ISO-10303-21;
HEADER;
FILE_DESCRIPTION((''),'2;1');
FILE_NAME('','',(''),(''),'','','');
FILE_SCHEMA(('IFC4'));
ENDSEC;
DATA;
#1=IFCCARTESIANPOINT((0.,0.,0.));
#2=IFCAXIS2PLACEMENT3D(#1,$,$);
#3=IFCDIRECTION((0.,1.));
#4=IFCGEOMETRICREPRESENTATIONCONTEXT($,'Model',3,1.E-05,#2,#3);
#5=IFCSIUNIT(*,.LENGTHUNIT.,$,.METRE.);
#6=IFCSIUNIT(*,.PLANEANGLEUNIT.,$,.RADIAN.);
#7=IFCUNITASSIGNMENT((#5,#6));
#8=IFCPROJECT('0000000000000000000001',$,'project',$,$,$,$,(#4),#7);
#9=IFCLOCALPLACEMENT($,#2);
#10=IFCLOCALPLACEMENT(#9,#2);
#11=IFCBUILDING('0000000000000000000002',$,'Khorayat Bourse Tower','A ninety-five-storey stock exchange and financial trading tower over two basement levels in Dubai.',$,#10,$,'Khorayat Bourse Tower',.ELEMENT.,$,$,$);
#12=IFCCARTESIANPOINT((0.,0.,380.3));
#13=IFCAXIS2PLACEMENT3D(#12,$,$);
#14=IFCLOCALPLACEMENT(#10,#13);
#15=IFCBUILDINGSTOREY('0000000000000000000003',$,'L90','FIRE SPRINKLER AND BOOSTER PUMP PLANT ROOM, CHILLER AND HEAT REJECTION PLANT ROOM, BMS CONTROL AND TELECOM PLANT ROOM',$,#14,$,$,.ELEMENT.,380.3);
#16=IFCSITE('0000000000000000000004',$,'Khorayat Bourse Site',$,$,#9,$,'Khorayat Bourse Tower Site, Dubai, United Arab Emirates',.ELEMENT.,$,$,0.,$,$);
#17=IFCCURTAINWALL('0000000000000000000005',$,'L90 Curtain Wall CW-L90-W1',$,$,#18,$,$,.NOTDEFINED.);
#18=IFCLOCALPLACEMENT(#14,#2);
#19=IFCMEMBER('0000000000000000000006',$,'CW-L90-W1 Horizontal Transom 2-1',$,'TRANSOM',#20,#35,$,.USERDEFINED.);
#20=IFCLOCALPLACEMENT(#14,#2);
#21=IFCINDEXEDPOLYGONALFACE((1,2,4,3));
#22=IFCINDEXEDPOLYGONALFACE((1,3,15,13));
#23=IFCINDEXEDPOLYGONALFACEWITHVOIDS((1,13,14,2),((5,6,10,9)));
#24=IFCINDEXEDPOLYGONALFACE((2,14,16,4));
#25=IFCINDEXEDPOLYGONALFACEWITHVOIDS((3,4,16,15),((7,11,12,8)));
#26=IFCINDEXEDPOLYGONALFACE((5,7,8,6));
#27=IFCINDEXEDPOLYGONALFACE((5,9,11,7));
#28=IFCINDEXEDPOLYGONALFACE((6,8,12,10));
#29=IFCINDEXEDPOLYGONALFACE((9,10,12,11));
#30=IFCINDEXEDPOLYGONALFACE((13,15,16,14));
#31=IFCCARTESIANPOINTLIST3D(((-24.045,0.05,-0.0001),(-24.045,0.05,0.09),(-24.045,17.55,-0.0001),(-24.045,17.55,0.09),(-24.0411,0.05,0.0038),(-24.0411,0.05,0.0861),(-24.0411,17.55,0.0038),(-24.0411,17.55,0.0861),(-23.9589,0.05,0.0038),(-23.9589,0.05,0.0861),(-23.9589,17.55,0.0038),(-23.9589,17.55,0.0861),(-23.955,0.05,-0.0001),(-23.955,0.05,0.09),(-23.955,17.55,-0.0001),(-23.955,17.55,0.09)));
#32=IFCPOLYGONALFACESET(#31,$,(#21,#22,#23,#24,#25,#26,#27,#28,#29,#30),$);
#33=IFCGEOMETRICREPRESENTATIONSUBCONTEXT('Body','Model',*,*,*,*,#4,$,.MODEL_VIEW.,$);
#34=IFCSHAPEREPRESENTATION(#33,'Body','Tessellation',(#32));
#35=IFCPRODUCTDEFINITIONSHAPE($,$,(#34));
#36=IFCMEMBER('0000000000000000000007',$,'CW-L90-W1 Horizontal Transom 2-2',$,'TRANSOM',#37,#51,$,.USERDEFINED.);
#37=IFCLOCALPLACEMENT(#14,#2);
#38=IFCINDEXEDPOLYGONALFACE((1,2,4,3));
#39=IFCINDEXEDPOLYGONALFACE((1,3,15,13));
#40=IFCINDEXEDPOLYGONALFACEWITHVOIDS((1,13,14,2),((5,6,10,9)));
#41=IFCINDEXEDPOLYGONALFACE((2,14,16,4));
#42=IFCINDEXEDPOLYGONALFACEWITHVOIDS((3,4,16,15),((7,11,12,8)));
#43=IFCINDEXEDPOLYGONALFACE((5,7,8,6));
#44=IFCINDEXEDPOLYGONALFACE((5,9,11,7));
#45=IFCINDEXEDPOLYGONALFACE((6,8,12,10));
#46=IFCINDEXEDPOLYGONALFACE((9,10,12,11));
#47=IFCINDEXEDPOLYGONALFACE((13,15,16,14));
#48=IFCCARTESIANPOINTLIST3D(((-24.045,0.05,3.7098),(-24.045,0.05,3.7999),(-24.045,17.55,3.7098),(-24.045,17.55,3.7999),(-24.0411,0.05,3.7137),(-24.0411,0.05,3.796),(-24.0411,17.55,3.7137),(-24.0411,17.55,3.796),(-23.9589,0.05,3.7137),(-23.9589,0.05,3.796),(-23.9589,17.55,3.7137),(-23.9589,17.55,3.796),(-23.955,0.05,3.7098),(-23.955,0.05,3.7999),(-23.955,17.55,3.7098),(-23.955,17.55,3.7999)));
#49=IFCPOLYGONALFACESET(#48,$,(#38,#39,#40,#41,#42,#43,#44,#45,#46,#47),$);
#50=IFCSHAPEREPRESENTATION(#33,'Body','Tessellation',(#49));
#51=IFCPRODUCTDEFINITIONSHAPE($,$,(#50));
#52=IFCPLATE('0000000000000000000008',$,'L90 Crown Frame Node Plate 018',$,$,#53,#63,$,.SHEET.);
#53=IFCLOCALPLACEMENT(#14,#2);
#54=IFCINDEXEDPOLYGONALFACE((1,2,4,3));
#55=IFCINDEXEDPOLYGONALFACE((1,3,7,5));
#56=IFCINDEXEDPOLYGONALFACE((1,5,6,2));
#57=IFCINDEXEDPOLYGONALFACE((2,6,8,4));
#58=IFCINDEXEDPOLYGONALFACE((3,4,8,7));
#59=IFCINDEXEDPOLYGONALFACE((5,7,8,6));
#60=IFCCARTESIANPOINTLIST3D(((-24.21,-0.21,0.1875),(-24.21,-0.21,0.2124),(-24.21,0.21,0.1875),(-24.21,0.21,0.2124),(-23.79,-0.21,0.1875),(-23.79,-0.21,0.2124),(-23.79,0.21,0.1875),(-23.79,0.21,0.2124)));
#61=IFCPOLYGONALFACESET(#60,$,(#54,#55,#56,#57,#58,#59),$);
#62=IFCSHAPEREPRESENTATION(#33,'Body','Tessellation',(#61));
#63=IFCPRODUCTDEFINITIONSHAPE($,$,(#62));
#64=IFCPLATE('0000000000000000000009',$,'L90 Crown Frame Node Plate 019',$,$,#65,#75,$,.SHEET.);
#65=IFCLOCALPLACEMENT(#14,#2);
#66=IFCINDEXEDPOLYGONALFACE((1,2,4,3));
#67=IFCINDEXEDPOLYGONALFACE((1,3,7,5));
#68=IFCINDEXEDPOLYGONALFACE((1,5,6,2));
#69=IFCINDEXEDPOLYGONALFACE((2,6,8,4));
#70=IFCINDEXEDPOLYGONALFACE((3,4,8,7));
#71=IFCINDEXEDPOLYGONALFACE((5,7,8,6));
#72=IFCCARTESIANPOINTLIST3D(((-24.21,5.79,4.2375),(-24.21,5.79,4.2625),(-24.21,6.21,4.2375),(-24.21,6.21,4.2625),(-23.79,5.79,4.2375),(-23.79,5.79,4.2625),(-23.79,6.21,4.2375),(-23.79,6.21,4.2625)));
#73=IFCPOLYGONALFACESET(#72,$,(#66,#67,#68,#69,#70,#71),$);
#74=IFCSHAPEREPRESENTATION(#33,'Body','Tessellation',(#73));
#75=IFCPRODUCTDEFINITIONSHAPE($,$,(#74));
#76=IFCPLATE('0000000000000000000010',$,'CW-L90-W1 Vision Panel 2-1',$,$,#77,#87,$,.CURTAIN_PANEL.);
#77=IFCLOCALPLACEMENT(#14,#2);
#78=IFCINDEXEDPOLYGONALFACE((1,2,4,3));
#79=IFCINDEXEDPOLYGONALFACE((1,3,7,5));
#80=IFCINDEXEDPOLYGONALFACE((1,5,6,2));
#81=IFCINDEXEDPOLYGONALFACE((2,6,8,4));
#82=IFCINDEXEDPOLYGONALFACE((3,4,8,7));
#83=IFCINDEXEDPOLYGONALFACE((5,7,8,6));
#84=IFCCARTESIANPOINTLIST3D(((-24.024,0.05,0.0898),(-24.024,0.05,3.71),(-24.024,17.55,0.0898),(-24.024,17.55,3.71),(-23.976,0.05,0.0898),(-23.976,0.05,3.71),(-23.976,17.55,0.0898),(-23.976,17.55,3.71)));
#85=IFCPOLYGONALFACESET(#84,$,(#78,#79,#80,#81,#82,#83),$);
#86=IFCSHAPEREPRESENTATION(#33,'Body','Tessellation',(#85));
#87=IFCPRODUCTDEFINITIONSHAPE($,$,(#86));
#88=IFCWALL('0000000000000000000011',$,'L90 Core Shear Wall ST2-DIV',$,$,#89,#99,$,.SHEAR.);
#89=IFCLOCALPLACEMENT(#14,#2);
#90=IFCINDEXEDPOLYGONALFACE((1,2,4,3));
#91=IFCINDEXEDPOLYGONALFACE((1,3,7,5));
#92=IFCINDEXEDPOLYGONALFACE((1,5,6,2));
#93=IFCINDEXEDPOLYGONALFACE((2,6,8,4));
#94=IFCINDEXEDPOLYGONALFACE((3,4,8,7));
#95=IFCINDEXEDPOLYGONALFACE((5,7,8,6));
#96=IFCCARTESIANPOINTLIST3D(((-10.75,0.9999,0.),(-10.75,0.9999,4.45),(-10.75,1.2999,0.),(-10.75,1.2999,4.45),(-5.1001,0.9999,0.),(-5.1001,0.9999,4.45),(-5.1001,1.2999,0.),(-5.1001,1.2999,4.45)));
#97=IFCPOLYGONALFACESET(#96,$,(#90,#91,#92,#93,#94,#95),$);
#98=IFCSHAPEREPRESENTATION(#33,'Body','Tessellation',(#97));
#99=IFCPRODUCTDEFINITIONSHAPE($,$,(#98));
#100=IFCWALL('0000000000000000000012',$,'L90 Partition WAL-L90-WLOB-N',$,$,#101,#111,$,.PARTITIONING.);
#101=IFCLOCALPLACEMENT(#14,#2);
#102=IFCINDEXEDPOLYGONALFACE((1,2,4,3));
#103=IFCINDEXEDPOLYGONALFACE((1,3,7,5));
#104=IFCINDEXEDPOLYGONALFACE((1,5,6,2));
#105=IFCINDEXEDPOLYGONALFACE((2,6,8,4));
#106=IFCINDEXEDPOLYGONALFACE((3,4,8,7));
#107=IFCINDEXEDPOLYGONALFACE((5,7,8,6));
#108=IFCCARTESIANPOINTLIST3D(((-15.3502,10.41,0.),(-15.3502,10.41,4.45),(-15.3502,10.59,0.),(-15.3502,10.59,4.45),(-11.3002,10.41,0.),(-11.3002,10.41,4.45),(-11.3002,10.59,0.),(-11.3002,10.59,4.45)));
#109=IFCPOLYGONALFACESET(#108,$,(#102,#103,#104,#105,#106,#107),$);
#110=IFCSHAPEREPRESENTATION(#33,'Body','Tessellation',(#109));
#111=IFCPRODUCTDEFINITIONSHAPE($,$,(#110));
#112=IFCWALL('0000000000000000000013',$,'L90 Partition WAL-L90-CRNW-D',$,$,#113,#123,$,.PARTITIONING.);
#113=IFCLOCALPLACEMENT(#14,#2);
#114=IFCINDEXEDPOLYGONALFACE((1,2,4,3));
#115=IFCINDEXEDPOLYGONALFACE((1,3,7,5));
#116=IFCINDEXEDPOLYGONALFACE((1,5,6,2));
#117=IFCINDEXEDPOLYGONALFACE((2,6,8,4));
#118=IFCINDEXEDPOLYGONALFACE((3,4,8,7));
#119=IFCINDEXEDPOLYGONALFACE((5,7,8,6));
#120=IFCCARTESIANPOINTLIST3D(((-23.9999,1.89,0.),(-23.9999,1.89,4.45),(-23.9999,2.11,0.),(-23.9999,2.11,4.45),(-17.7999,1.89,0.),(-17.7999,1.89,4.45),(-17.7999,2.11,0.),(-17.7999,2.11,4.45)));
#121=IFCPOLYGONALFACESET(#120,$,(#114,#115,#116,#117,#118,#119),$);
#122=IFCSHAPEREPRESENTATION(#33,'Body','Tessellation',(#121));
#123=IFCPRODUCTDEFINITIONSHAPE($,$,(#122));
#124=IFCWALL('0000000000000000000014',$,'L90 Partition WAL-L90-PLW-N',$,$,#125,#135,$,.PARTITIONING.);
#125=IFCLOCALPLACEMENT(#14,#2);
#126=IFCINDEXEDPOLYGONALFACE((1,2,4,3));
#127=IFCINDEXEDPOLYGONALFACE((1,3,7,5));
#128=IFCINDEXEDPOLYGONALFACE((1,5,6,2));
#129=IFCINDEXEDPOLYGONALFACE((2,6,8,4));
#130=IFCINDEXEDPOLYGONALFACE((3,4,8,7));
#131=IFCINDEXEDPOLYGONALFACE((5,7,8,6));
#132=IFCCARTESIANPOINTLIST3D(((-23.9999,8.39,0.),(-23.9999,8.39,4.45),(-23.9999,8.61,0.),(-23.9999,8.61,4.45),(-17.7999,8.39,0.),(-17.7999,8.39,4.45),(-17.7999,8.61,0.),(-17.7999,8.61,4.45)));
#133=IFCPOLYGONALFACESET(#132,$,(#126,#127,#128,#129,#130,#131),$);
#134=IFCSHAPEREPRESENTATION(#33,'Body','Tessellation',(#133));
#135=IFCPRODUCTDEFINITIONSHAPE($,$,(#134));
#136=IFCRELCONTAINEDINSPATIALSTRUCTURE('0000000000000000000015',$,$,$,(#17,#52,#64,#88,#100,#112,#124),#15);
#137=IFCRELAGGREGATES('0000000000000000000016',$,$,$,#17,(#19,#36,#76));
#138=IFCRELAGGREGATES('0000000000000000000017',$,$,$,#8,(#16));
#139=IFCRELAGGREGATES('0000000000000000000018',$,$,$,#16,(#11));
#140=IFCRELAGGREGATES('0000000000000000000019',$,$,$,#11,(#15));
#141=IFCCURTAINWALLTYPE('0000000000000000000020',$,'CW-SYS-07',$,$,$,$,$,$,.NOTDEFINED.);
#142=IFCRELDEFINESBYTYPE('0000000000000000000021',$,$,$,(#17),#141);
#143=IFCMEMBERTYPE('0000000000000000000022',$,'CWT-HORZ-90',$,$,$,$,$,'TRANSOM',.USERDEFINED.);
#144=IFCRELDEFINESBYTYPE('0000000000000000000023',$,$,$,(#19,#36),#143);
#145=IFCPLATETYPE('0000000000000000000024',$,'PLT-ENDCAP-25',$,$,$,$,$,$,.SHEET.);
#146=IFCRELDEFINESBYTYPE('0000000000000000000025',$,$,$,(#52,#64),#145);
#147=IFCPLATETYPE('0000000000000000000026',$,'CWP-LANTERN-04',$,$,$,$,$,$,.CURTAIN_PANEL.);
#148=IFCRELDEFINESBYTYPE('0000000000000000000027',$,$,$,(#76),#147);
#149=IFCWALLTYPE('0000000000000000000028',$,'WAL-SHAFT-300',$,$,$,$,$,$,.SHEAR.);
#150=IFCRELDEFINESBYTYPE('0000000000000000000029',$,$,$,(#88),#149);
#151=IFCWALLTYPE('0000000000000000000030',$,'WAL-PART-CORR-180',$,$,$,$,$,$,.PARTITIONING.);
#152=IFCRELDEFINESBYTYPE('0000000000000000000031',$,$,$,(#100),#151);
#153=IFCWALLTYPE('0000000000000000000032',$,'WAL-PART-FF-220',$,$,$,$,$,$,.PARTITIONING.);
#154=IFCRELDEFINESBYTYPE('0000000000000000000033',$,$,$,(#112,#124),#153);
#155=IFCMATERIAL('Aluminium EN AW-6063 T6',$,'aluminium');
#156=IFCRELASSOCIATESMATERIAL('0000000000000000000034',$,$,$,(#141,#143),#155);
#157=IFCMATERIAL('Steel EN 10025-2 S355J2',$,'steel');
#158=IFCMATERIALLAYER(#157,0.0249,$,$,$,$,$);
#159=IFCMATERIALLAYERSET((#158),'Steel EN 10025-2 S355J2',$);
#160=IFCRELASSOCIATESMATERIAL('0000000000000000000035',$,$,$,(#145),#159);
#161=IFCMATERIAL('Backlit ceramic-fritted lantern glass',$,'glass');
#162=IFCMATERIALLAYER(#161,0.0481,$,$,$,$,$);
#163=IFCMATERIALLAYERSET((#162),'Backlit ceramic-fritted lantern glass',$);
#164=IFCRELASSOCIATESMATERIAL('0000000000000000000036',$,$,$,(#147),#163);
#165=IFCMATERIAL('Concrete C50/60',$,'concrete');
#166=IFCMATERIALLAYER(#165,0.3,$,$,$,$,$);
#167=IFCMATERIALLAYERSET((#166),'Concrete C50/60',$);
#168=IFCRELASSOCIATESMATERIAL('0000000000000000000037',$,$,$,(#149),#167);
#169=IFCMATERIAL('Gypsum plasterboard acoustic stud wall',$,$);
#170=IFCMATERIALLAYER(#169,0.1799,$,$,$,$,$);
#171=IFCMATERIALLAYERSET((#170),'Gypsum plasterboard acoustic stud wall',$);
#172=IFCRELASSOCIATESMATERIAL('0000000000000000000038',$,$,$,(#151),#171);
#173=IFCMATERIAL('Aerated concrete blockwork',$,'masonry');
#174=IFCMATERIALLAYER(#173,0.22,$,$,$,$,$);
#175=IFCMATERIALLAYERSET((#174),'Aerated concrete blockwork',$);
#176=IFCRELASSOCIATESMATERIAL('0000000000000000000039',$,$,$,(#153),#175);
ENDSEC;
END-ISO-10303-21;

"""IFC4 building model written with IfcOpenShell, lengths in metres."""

from ifc_helpers import new_model, si_unit, direction, frame, frame_2d, origin, origin_2d, place, context, subcontext, project, spatial, rectangle, hollow_rectangle, extrude, source, transform, mapped, material, layer, layer_set, material_profile, profile_set, type_object, element, aggregate, save


model = new_model("IFC4")

# Units and contexts
model_context = context("Model", 3, precision=1e-05, world=origin(), true_north=direction((0.0, 1.0)))
body_context = subcontext(model_context, "Body", "Model", "MODEL_VIEW")
ifc_project = project(units=[si_unit("LENGTHUNIT", "METRE"), si_unit("PLANEANGLEUNIT", "RADIAN")], contexts=[model_context])

# Site, building, storey
site_placement = place(None, origin())
site = spatial("IfcSite", under=ifc_project, at=site_placement, Name="Khorayat Bourse Site", LongName="Khorayat Bourse Tower Site, Dubai, United Arab Emirates", CompositionType="ELEMENT", RefElevation=0.0)
building_placement = place(site_placement, origin())
building = spatial("IfcBuilding", under=site, at=building_placement, Name="Khorayat Bourse Tower", Description="A ninety-five-storey stock exchange and financial trading tower over two basement levels in Dubai.", LongName="Khorayat Bourse Tower", CompositionType="ELEMENT")
storey_placement = place(building_placement, frame((0.0, 0.0, 380.3)))
storey = spatial("IfcBuildingStorey", under=building, at=storey_placement, Name="L90", Description="FIRE SPRINKLER AND BOOSTER PUMP PLANT ROOM, CHILLER AND HEAT REJECTION PLANT ROOM, BMS CONTROL AND TELECOM PLANT ROOM", CompositionType="ELEMENT", Elevation=380.3)

# Shared definitions
ifc_material_1 = material(Name="Steel EN 10025-2 S355J2", Category="steel")

# Curtain wall, members
ifc_material_2 = material(Name="Aluminium EN AW-6063 T6", Category="aluminium")
curtain_wall_type = type_object("IfcCurtainWallType", Name="CW-SYS-07", PredefinedType="NOTDEFINED", material=ifc_material_2)
curtain_wall_placement = place(storey_placement, origin())
curtain_wall = element("IfcCurtainWall", 1, at=curtain_wall_placement, inside=storey, type_object=curtain_wall_type, Name="L90 Curtain Wall CW-L90-W1", PredefinedType="NOTDEFINED")
ifc_material_profile_1 = material_profile(ifc_material_2, hollow_rectangle(XDim=0.0901, YDim=0.0901, WallThickness=0.0039, at=origin_2d()), Name="ALU 90x90x4")
ifc_profile_set_1 = profile_set([ifc_material_profile_1], Name="Aluminium EN AW-6063 T6")
member_type_1 = type_object("IfcMemberType", Name="CWT-HORZ-90", ElementType="TRANSOM", PredefinedType="USERDEFINED", material=ifc_profile_set_1)
shared_shape_1 = source(origin(), body_context, "Body", "SweptSolid", [
    extrude(hollow_rectangle(XDim=0.0901, YDim=0.0901, WallThickness=0.0039, at=origin_2d()), origin(), (0.0, 0.0, 1.0), 17.5),
])
member_1_placement = place(storey_placement, frame((-24.0, 0.05, 0.0449), z_axis=(0.0, 1.0, 0.0), x_axis=(-1.0, 0.0, 0.0)))
member_1 = element("IfcMember", 2, at=member_1_placement, type_object=member_type_1, Name="CW-L90-W1 Horizontal Transom 2-1", ObjectType="TRANSOM", PredefinedType="USERDEFINED", context=body_context, shape_type="MappedRepresentation", body=[
    mapped(shared_shape_1, transform((0.0, 0.0, 0.0), scale=1.0)),
])
member_2_placement = place(storey_placement, frame((-24.0, 0.05, 3.7549), z_axis=(0.0, 1.0, 0.0), x_axis=(-1.0, 0.0, 0.0)))
member_2 = element("IfcMember", 3, at=member_2_placement, type_object=member_type_1, Name="CW-L90-W1 Horizontal Transom 2-2", ObjectType="TRANSOM", PredefinedType="USERDEFINED", context=body_context, shape_type="MappedRepresentation", body=[
    mapped(shared_shape_1, transform((0.0, 0.0, 0.0), scale=1.0)),
])

# Plates
ifc_layer_1 = layer(ifc_material_1, 0.0249)
ifc_layer_set_1 = layer_set([ifc_layer_1], Name="Steel EN 10025-2 S355J2")
plate_type_1 = type_object("IfcPlateType", Name="PLT-ENDCAP-25", PredefinedType="SHEET", material=ifc_layer_set_1)
shared_shape_2 = source(origin(), body_context, "Body", "SweptSolid", [
    extrude(rectangle(XDim=0.4199, YDim=0.4199, at=origin_2d()), origin(), (0.0, 0.0, 1.0), 0.0249),
])
for number, where, z_axis, x_axis, name in (
    (4, (-24.0, 0.0, 0.1875), (0.0, 0.0, 1.0), (1.0, 0.0, 0.0), "L90 Crown Frame Node Plate 018"),
    (5, (-24.0, 6.0, 4.2375), (0.0, 0.0, 1.0), (1.0, 0.0, 0.0), "L90 Crown Frame Node Plate 019"),
):
    element("IfcPlate", number, at=place(storey_placement, frame(where, z_axis=z_axis, x_axis=x_axis)), inside=storey, type_object=plate_type_1, Name=name, PredefinedType="SHEET", context=body_context, shape_type="MappedRepresentation", body=[
        mapped(shared_shape_2, transform((0.0, 0.0, 0.0), scale=1.0)),
    ])

# Plate
ifc_material_3 = material(Name="Backlit ceramic-fritted lantern glass", Category="glass")
ifc_layer_2 = layer(ifc_material_3, 0.0481)
ifc_layer_set_2 = layer_set([ifc_layer_2], Name="Backlit ceramic-fritted lantern glass")
plate_type_2 = type_object("IfcPlateType", Name="CWP-LANTERN-04", PredefinedType="CURTAIN_PANEL", material=ifc_layer_set_2)
shared_shape_3 = source(origin(), body_context, "Body", "SweptSolid", [
    extrude(rectangle(XDim=17.5, YDim=0.0481, at=origin_2d()), origin(), (0.0, 0.0, 1.0), 3.6201),
])
plate_placement = place(storey_placement, frame((-24.0, 8.8, 0.0898), z_axis=(0.0, 0.0, 1.0), x_axis=(0.0, 1.0, 0.0)))
plate = element("IfcPlate", 6, at=plate_placement, type_object=plate_type_2, Name="CW-L90-W1 Vision Panel 2-1", PredefinedType="CURTAIN_PANEL", context=body_context, shape_type="MappedRepresentation", body=[
    mapped(shared_shape_3, transform((0.0, 0.0, 0.0), scale=1.0)),
])
aggregate(curtain_wall, [member_1, member_2, plate])

# Walls
ifc_material_4 = material(Name="Concrete C50/60", Category="concrete")
ifc_layer_3 = layer(ifc_material_4, 0.3)
ifc_layer_set_3 = layer_set([ifc_layer_3], Name="Concrete C50/60")
wall_type_1 = type_object("IfcWallType", Name="WAL-SHAFT-300", PredefinedType="SHEAR", material=ifc_layer_set_3)
shared_shape_4 = source(origin(), body_context, "Body", "SweptSolid", [
    extrude(rectangle(XDim=5.6499, YDim=0.3, at=frame_2d((2.825, 0.0))), origin(), (0.0, 0.0, 1.0), 4.45),
])
wall_1_placement = place(storey_placement, frame((-10.75, 1.1499, 0.0), z_axis=(0.0, 0.0, 1.0), x_axis=(1.0, 0.0, 0.0)))
element("IfcWall", 7, at=wall_1_placement, inside=storey, type_object=wall_type_1, Name="L90 Core Shear Wall ST2-DIV", PredefinedType="SHEAR", context=body_context, shape_type="MappedRepresentation", body=[
    mapped(shared_shape_4, transform((0.0, 0.0, 0.0), scale=1.0)),
])
ifc_material_5 = material(Name="Gypsum plasterboard acoustic stud wall")
ifc_layer_4 = layer(ifc_material_5, 0.1799)
ifc_layer_set_4 = layer_set([ifc_layer_4], Name="Gypsum plasterboard acoustic stud wall")
wall_type_2 = type_object("IfcWallType", Name="WAL-PART-CORR-180", PredefinedType="PARTITIONING", material=ifc_layer_set_4)
shared_shape_5 = source(origin(), body_context, "Body", "SweptSolid", [
    extrude(rectangle(XDim=4.05, YDim=0.1799, at=frame_2d((2.0249, 0.0))), origin(), (0.0, 0.0, 1.0), 4.45),
])
wall_2_placement = place(storey_placement, frame((-15.3501, 10.5, 0.0), z_axis=(0.0, 0.0, 1.0), x_axis=(1.0, 0.0, 0.0)))
element("IfcWall", 8, at=wall_2_placement, inside=storey, type_object=wall_type_2, Name="L90 Partition WAL-L90-WLOB-N", PredefinedType="PARTITIONING", context=body_context, shape_type="MappedRepresentation", body=[
    mapped(shared_shape_5, transform((0.0, 0.0, 0.0), scale=1.0)),
])
ifc_material_6 = material(Name="Aerated concrete blockwork", Category="masonry")
ifc_layer_5 = layer(ifc_material_6, 0.22)
ifc_layer_set_5 = layer_set([ifc_layer_5], Name="Aerated concrete blockwork")
wall_type_3 = type_object("IfcWallType", Name="WAL-PART-FF-220", PredefinedType="PARTITIONING", material=ifc_layer_set_5)
shared_shape_6 = source(origin(), body_context, "Body", "SweptSolid", [
    extrude(rectangle(XDim=6.2, YDim=0.22, at=frame_2d((3.1001, 0.0))), origin(), (0.0, 0.0, 1.0), 4.45),
])
for number, where, z_axis, x_axis, name in (
    (9, (-24.0, 2.0, 0.0), (0.0, 0.0, 1.0), (1.0, 0.0, 0.0), "L90 Partition WAL-L90-CRNW-D"),
    (10, (-24.0, 8.5, 0.0), (0.0, 0.0, 1.0), (1.0, 0.0, 0.0), "L90 Partition WAL-L90-PLW-N"),
):
    element("IfcWall", number, at=place(storey_placement, frame(where, z_axis=z_axis, x_axis=x_axis)), inside=storey, type_object=wall_type_3, Name=name, PredefinedType="PARTITIONING", context=body_context, shape_type="MappedRepresentation", body=[
        mapped(shared_shape_6, transform((0.0, 0.0, 0.0), scale=1.0)),
    ])

save(model, "model.ifc")
